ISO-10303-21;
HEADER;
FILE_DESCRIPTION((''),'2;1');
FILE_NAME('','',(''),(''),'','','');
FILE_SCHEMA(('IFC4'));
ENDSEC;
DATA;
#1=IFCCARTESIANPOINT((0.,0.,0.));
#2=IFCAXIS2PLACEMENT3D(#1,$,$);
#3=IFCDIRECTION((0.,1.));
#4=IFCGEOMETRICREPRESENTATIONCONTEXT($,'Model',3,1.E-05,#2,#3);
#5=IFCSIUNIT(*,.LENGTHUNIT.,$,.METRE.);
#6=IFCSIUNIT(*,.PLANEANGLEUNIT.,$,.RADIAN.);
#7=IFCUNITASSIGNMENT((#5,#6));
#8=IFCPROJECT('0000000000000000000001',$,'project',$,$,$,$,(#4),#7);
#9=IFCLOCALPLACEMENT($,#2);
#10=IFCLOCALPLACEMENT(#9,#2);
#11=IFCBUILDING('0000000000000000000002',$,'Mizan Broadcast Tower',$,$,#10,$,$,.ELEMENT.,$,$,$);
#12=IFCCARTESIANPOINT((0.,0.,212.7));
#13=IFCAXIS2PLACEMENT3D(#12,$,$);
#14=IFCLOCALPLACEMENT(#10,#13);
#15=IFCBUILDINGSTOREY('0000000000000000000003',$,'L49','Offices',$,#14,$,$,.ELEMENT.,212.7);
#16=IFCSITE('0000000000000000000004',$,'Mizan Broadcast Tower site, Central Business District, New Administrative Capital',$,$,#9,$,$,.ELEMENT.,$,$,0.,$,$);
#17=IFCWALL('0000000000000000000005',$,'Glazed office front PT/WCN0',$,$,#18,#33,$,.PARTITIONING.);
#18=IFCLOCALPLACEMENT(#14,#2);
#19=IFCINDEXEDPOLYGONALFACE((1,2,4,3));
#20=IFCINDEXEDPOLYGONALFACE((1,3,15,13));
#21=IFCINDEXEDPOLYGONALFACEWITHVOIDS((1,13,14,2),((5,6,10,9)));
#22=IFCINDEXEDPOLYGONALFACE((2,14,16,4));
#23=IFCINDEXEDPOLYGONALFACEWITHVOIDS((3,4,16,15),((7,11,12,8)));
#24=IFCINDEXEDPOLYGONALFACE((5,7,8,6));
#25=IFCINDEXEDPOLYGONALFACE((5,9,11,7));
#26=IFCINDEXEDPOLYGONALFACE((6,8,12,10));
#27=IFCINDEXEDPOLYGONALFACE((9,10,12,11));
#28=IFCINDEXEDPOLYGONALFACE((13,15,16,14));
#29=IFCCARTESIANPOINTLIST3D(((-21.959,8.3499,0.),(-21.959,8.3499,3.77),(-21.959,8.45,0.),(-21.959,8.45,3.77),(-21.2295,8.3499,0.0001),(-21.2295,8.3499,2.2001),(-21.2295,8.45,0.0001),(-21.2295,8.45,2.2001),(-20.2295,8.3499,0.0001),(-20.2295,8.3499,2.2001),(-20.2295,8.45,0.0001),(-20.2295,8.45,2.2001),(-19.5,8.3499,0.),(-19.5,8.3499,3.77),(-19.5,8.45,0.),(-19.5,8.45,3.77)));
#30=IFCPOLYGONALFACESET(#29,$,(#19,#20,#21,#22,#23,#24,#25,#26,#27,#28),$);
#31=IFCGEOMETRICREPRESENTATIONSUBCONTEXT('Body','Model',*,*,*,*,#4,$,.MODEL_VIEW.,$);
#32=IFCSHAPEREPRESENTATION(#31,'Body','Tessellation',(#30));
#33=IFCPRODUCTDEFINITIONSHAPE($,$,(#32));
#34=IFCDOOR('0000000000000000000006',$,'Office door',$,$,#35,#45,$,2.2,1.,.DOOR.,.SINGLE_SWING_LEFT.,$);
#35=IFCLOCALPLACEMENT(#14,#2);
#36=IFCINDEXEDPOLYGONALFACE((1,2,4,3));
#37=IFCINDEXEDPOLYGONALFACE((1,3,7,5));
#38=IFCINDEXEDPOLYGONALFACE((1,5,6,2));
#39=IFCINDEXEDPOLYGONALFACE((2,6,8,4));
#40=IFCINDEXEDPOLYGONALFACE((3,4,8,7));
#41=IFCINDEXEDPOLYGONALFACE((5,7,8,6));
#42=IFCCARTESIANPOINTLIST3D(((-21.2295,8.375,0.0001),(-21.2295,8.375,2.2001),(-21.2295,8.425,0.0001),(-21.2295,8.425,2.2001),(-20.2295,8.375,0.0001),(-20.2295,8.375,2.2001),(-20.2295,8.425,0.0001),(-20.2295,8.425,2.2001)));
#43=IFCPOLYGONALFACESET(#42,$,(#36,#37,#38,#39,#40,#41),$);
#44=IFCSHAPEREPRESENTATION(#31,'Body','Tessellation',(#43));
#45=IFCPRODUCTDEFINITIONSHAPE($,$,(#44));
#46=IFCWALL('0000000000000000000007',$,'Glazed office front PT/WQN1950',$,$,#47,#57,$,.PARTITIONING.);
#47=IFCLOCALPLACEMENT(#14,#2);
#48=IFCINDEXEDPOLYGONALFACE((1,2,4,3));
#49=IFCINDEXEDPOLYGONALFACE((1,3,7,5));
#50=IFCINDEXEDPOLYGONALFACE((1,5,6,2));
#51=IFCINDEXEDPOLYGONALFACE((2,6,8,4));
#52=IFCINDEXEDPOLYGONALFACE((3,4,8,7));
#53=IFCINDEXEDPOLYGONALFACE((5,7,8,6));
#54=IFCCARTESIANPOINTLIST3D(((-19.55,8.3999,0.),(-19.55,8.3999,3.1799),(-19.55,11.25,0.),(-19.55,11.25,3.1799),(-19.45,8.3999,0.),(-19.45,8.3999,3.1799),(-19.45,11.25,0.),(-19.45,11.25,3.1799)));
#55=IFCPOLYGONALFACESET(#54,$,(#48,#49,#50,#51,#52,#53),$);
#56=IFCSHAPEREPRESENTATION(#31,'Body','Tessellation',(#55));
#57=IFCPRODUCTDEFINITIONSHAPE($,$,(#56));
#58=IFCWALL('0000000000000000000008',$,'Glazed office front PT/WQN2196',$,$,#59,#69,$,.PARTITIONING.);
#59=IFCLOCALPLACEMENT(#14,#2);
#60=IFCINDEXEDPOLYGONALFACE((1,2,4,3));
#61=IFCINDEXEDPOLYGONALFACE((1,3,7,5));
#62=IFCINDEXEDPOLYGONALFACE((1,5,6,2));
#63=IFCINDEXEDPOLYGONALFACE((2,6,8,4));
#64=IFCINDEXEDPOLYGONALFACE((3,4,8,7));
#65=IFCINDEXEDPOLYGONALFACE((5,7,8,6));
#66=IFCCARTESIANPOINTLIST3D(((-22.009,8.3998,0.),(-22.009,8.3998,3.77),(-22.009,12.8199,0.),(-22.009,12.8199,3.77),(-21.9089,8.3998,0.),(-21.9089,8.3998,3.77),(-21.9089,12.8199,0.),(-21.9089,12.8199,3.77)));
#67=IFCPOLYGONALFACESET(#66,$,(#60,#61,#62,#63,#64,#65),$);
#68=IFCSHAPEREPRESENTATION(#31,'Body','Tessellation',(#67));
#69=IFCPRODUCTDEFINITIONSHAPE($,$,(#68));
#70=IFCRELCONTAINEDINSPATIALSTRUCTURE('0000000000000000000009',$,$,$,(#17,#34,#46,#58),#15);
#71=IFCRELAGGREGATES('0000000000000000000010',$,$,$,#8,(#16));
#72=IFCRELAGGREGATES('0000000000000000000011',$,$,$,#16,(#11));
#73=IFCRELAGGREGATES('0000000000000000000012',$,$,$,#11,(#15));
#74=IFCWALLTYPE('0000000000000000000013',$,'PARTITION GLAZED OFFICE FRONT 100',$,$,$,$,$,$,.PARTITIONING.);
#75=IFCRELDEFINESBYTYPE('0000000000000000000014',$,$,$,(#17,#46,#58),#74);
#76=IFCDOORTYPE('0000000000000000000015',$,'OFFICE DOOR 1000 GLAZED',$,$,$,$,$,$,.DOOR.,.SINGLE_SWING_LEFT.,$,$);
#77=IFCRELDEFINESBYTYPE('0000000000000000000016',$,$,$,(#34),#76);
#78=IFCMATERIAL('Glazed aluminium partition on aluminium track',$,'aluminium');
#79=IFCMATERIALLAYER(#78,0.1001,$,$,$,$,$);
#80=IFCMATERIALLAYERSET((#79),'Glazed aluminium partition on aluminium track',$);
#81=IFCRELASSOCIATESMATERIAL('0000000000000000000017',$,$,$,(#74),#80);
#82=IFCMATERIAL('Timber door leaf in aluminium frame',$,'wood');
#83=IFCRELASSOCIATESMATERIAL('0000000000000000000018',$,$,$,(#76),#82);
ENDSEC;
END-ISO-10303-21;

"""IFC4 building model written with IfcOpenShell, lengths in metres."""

from ifc_helpers import new_model, si_unit, direction, frame, frame_2d, origin, place, context, subcontext, project, spatial, rectangle, extrude, material, layer, layer_set, type_object, element, fill, save


model = new_model("IFC4")

# Units and contexts
model_context = context("Model", 3, precision=1e-05, world=origin(), true_north=direction((0.0, 1.0)))
body_context = subcontext(model_context, "Body", "Model", "MODEL_VIEW")
ifc_project = project(units=[si_unit("LENGTHUNIT", "METRE"), si_unit("PLANEANGLEUNIT", "RADIAN")], contexts=[model_context])

# Site, building, storey
site_placement = place(None, origin())
site = spatial("IfcSite", under=ifc_project, at=site_placement, Name="Mizan Broadcast Tower site, Central Business District, New Administrative Capital", CompositionType="ELEMENT", RefElevation=0.0)
building_placement = place(site_placement, origin())
building = spatial("IfcBuilding", under=site, at=building_placement, Name="Mizan Broadcast Tower", CompositionType="ELEMENT")
storey_placement = place(building_placement, frame((0.0, 0.0, 212.7)))
storey = spatial("IfcBuildingStorey", under=building, at=storey_placement, Name="L49", Description="Offices", CompositionType="ELEMENT", Elevation=212.7)

# Wall, opening, door
ifc_material_1 = material(Name="Glazed aluminium partition on aluminium track", Category="aluminium")
ifc_layer_1 = layer(ifc_material_1, 0.1001)
ifc_layer_set_1 = layer_set([ifc_layer_1], Name="Glazed aluminium partition on aluminium track")
wall_type_1 = type_object("IfcWallType", Name="PARTITION GLAZED OFFICE FRONT 100", PredefinedType="PARTITIONING", material=ifc_layer_set_1)
wall_1_placement = place(storey_placement, frame((-19.5, 8.3999, 0.0), z_axis=(0.0, 0.0, 1.0), x_axis=(-1.0, 0.0, 0.0)))
wall_1 = element("IfcWall", 1, at=wall_1_placement, inside=storey, type_object=wall_type_1, Name="Glazed office front PT/WCN0", PredefinedType="PARTITIONING", context=body_context, shape_type="SweptSolid", body=[
    extrude(rectangle(XDim=2.459, YDim=0.1001, at=frame_2d((1.2295, 0.0))), origin(), (0.0, 0.0, 1.0), 3.77),
])
opening_1_placement = place(wall_1_placement, frame((0.7295, 0.0, 0.0)))
opening_1 = element("IfcOpeningElement", 2, at=opening_1_placement, cuts=wall_1, PredefinedType="OPENING", context=body_context, shape_type="SweptSolid", body=[
    extrude(rectangle(XDim=1.0, YDim=2.2, at=frame_2d((0.5, 1.1001))), frame((0.0, 0.0601, 0.0), z_axis=(0.0, -1.0, 0.0), x_axis=(1.0, 0.0, 0.0)), (0.0, 0.0, 1.0), 0.1201),
])
ifc_material_2 = material(Name="Timber door leaf in aluminium frame", Category="wood")
door_type_1 = type_object("IfcDoorType", Name="OFFICE DOOR 1000 GLAZED", OperationType="SINGLE_SWING_LEFT", PredefinedType="DOOR", material=ifc_material_2)
door_1_placement = place(opening_1_placement, origin())
door_1 = element("IfcDoor", 3, at=door_1_placement, inside=storey, type_object=door_type_1, Name="Office door", OperationType="SINGLE_SWING_LEFT", OverallHeight=2.2, OverallWidth=1.0, PredefinedType="DOOR", context=body_context, shape_type="SweptSolid", body=[
    extrude(rectangle(XDim=1.0, YDim=2.2, at=frame_2d((0.5, 1.1001))), frame((0.0, 0.0249, 0.0), z_axis=(0.0, -1.0, 0.0), x_axis=(1.0, 0.0, 0.0)), (0.0, 0.0, 1.0), 0.05),
])
fill(opening_1, door_1)

# Walls
wall_2_placement = place(storey_placement, frame((-19.5, 8.3999, 0.0), z_axis=(0.0, 0.0, 1.0), x_axis=(0.0, 1.0, 0.0)))
element("IfcWall", 4, at=wall_2_placement, inside=storey, type_object=wall_type_1, Name="Glazed office front PT/WQN1950", PredefinedType="PARTITIONING", context=body_context, shape_type="SweptSolid", body=[
    extrude(rectangle(XDim=2.8501, YDim=0.1001, at=frame_2d((1.425, 0.0))), origin(), (0.0, 0.0, 1.0), 3.1799),
])
wall_3_placement = place(storey_placement, frame((-21.959, 8.3999, 0.0), z_axis=(0.0, 0.0, 1.0), x_axis=(0.0, 1.0, 0.0)))
element("IfcWall", 5, at=wall_3_placement, inside=storey, type_object=wall_type_1, Name="Glazed office front PT/WQN2196", PredefinedType="PARTITIONING", context=body_context, shape_type="SweptSolid", body=[
    extrude(rectangle(XDim=4.4202, YDim=0.1001, at=frame_2d((2.21, 0.0))), origin(), (0.0, 0.0, 1.0), 3.77),
])

save(model, "model.ifc")
